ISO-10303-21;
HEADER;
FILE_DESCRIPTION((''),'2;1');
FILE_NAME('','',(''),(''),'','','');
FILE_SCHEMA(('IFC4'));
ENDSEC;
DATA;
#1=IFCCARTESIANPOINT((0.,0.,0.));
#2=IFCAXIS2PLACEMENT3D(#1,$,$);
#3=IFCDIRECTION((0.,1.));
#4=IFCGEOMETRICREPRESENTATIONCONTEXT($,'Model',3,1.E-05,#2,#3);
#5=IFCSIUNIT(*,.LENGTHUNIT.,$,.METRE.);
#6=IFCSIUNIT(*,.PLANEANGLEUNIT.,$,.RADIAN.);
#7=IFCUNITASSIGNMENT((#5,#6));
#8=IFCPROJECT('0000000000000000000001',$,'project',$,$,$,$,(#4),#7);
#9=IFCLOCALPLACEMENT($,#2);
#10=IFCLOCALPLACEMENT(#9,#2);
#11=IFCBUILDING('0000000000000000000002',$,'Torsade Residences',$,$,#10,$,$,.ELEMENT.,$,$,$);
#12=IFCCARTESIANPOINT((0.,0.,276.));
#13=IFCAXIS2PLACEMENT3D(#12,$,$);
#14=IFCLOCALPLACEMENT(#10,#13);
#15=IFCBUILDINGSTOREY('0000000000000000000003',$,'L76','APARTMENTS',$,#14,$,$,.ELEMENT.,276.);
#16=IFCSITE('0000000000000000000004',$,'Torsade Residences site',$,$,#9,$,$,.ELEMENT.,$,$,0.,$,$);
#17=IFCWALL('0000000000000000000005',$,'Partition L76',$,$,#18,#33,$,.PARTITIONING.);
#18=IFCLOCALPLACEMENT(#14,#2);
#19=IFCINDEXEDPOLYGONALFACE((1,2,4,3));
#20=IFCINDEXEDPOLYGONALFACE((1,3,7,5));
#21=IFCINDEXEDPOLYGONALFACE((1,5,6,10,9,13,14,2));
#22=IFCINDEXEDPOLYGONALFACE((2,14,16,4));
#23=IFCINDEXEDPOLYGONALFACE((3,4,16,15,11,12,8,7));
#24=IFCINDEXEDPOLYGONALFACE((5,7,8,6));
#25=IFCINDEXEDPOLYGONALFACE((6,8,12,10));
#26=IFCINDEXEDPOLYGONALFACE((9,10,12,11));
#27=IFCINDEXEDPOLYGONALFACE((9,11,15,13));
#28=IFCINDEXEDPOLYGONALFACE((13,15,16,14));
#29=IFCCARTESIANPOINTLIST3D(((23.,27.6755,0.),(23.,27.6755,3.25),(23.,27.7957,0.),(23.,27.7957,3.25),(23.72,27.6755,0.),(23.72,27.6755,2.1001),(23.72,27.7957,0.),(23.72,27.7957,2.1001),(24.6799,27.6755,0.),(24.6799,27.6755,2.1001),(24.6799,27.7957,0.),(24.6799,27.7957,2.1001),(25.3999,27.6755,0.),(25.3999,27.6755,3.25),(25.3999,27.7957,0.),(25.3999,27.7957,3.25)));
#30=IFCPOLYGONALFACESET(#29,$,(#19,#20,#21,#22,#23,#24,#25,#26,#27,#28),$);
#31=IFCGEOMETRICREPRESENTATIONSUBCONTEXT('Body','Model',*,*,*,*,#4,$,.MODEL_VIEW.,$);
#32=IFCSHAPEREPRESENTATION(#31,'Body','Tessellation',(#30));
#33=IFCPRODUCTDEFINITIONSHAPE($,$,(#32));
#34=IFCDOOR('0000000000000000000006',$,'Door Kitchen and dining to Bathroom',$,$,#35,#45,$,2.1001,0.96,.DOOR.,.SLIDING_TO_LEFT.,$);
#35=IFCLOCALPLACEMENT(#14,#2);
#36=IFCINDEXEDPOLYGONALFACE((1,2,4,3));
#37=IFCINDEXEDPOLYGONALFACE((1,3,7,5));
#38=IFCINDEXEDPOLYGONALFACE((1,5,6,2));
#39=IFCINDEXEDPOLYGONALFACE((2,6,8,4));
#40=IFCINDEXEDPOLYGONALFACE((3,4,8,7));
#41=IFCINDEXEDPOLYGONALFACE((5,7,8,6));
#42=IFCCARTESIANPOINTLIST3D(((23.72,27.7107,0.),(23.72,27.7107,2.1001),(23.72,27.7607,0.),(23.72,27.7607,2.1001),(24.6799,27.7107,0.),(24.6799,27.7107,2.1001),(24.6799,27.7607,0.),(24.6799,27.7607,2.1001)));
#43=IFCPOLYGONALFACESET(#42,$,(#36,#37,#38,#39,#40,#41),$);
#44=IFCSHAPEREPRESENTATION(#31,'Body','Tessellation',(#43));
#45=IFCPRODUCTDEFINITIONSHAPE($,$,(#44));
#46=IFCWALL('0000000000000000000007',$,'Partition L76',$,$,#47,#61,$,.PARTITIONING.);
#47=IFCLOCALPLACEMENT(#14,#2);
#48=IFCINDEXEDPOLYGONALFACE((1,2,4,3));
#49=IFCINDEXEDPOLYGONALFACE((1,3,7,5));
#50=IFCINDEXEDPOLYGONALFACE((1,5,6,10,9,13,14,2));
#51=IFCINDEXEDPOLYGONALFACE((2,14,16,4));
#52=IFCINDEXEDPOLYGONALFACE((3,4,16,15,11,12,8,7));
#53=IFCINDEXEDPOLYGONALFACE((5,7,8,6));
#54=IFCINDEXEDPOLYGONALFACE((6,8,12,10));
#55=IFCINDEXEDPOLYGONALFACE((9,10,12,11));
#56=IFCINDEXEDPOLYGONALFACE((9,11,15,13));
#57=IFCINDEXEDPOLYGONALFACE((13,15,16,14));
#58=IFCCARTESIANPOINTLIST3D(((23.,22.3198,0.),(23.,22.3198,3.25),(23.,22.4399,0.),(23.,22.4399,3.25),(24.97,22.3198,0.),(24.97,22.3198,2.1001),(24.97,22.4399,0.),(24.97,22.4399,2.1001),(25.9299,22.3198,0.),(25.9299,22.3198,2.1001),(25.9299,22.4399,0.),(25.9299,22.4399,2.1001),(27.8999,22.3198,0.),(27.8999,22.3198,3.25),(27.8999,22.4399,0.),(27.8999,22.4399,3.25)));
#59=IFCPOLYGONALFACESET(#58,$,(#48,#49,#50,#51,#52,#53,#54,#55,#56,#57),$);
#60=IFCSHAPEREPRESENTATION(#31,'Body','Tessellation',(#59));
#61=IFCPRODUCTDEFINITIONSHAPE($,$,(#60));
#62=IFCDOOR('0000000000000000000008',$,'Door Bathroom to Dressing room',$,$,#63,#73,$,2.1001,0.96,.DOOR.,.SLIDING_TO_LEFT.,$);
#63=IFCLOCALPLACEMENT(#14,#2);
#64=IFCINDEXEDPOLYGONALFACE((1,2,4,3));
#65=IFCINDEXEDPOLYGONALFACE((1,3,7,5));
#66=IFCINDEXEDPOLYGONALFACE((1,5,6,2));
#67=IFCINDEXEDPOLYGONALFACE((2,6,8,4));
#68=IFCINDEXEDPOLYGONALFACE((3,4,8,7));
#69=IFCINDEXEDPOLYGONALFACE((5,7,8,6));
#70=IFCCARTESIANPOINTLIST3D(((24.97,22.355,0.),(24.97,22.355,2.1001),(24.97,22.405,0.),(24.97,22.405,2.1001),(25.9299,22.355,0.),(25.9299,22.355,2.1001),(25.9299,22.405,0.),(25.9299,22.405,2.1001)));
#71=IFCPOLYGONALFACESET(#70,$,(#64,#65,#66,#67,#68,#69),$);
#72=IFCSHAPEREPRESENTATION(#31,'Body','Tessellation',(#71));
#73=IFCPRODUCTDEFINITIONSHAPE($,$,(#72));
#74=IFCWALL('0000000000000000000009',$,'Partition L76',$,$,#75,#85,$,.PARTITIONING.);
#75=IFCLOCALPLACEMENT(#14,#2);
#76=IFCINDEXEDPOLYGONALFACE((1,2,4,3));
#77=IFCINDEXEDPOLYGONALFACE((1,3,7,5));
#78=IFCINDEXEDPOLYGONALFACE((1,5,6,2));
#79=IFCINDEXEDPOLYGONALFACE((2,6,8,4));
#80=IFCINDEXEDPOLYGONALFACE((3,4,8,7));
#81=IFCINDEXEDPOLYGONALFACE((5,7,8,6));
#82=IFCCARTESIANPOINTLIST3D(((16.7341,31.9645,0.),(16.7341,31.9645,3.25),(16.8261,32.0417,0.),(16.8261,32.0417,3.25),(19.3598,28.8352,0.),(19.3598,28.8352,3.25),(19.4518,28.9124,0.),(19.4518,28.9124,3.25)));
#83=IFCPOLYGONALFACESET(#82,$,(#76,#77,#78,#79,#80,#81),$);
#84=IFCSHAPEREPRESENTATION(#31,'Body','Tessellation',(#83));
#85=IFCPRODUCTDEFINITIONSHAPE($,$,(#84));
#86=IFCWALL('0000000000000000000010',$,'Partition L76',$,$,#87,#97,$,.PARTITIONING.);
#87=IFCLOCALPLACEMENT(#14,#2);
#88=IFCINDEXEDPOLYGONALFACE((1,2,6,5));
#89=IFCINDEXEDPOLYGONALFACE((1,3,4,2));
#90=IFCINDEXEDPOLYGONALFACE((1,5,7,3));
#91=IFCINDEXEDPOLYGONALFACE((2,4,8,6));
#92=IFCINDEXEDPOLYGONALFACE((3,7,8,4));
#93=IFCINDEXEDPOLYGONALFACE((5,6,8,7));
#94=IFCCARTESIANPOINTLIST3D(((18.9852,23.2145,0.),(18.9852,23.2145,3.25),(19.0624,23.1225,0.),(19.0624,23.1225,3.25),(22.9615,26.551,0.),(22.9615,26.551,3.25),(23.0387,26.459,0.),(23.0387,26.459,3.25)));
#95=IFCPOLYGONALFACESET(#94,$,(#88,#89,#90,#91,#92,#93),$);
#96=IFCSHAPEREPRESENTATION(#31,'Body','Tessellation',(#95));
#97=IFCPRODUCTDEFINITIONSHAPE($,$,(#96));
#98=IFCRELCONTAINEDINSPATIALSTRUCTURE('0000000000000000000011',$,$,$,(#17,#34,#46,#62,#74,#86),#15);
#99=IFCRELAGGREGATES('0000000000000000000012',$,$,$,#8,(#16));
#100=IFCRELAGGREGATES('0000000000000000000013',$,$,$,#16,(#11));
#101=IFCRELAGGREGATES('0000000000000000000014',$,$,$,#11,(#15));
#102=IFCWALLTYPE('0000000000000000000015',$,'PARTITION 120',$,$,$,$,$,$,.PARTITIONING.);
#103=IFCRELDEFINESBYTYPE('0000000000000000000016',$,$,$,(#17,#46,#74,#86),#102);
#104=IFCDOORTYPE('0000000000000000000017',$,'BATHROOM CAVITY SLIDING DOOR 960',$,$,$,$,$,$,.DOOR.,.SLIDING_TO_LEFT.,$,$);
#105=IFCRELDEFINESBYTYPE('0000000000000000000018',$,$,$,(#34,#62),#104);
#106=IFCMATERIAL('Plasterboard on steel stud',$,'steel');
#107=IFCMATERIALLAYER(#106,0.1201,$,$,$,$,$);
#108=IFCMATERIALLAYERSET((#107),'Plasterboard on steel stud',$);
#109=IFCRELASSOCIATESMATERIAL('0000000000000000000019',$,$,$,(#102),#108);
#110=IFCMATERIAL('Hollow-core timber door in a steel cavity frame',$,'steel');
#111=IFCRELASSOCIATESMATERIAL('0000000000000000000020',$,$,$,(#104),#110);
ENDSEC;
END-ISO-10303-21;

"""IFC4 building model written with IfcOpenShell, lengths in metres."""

from ifc_helpers import new_model, si_unit, direction, frame, frame_2d, origin, place, context, subcontext, project, spatial, rectangle, extrude, material, layer, layer_set, type_object, element, fill, save


model = new_model("IFC4")

# Units and contexts
model_context = context("Model", 3, precision=1e-05, world=origin(), true_north=direction((0.0, 1.0)))
body_context = subcontext(model_context, "Body", "Model", "MODEL_VIEW")
ifc_project = project(units=[si_unit("LENGTHUNIT", "METRE"), si_unit("PLANEANGLEUNIT", "RADIAN")], contexts=[model_context])

# Site, building, storey
site_placement = place(None, origin())
site = spatial("IfcSite", under=ifc_project, at=site_placement, Name="Torsade Residences site", CompositionType="ELEMENT", RefElevation=0.0)
building_placement = place(site_placement, origin())
building = spatial("IfcBuilding", under=site, at=building_placement, Name="Torsade Residences", CompositionType="ELEMENT")
storey_placement = place(building_placement, frame((0.0, 0.0, 276.0)))
storey = spatial("IfcBuildingStorey", under=building, at=storey_placement, Name="L76", Description="APARTMENTS", CompositionType="ELEMENT", Elevation=276.0)

# Walls, openings, doors
ifc_material_1 = material(Name="Plasterboard on steel stud", Category="steel")
ifc_layer_1 = layer(ifc_material_1, 0.1201)
ifc_layer_set_1 = layer_set([ifc_layer_1], Name="Plasterboard on steel stud")
wall_type_1 = type_object("IfcWallType", Name="PARTITION 120", PredefinedType="PARTITIONING", material=ifc_layer_set_1)
wall_1_placement = place(storey_placement, frame((25.3999, 27.7356, 0.0), z_axis=(0.0, 0.0, 1.0), x_axis=(-1.0, 0.0, 0.0)))
wall_1 = element("IfcWall", 1, at=wall_1_placement, inside=storey, type_object=wall_type_1, Name="Partition L76", PredefinedType="PARTITIONING", context=body_context, shape_type="SweptSolid", body=[
    extrude(rectangle(XDim=2.3999, YDim=0.1201, at=frame_2d((1.2, 0.0))), origin(), (0.0, 0.0, 1.0), 3.25),
])
opening_1_placement = place(wall_1_placement, frame((0.72, 0.0, 0.0)))
opening_1 = element("IfcOpeningElement", 2, at=opening_1_placement, cuts=wall_1, PredefinedType="OPENING", context=body_context, shape_type="SweptSolid", body=[
    extrude(rectangle(XDim=0.96, YDim=2.1001, at=frame_2d((0.48, 1.05))), frame((0.0, 0.0701, 0.0), z_axis=(0.0, -1.0, 0.0), x_axis=(1.0, 0.0, 0.0)), (0.0, 0.0, 1.0), 0.1401),
])
ifc_material_2 = material(Name="Hollow-core timber door in a steel cavity frame", Category="steel")
door_type_1 = type_object("IfcDoorType", Name="BATHROOM CAVITY SLIDING DOOR 960", OperationType="SLIDING_TO_LEFT", PredefinedType="DOOR", material=ifc_material_2)
door_1_placement = place(opening_1_placement, origin())
door_1 = element("IfcDoor", 3, at=door_1_placement, inside=storey, type_object=door_type_1, Name="Door Kitchen and dining to Bathroom", OperationType="SLIDING_TO_LEFT", OverallHeight=2.1001, OverallWidth=0.96, PredefinedType="DOOR", context=body_context, shape_type="SweptSolid", body=[
    extrude(rectangle(XDim=0.96, YDim=2.1001, at=frame_2d((0.48, 1.05))), frame((0.0, 0.0249, 0.0), z_axis=(0.0, -1.0, 0.0), x_axis=(1.0, 0.0, 0.0)), (0.0, 0.0, 1.0), 0.05),
])
fill(opening_1, door_1)
wall_2_placement = place(storey_placement, frame((27.8999, 22.3799, 0.0), z_axis=(0.0, 0.0, 1.0), x_axis=(-1.0, 0.0, 0.0)))
wall_2 = element("IfcWall", 4, at=wall_2_placement, inside=storey, type_object=wall_type_1, Name="Partition L76", PredefinedType="PARTITIONING", context=body_context, shape_type="SweptSolid", body=[
    extrude(rectangle(XDim=4.8999, YDim=0.1201, at=frame_2d((2.45, 0.0))), origin(), (0.0, 0.0, 1.0), 3.25),
])
opening_2_placement = place(wall_2_placement, frame((1.97, 0.0, 0.0)))
opening_2 = element("IfcOpeningElement", 5, at=opening_2_placement, cuts=wall_2, PredefinedType="OPENING", context=body_context, shape_type="SweptSolid", body=[
    extrude(rectangle(XDim=0.96, YDim=2.1001, at=frame_2d((0.48, 1.05))), frame((0.0, 0.0701, 0.0), z_axis=(0.0, -1.0, 0.0), x_axis=(1.0, 0.0, 0.0)), (0.0, 0.0, 1.0), 0.1401),
])
door_2_placement = place(opening_2_placement, origin())
door_2 = element("IfcDoor", 6, at=door_2_placement, inside=storey, type_object=door_type_1, Name="Door Bathroom to Dressing room", OperationType="SLIDING_TO_LEFT", OverallHeight=2.1001, OverallWidth=0.96, PredefinedType="DOOR", context=body_context, shape_type="SweptSolid", body=[
    extrude(rectangle(XDim=0.96, YDim=2.1001, at=frame_2d((0.48, 1.05))), frame((0.0, 0.0249, 0.0), z_axis=(0.0, -1.0, 0.0), x_axis=(1.0, 0.0, 0.0)), (0.0, 0.0, 1.0), 0.05),
])
fill(opening_2, door_2)

# Walls
wall_3_placement = place(storey_placement, frame((19.4058, 28.8738, 0.0), z_axis=(0.0, 0.0, 1.0), x_axis=(-0.642767, 0.766061, 0.0)))
element("IfcWall", 7, at=wall_3_placement, inside=storey, type_object=wall_type_1, Name="Partition L76", PredefinedType="PARTITIONING", context=body_context, shape_type="SweptSolid", body=[
    extrude(rectangle(XDim=4.085, YDim=0.1201, at=frame_2d((2.0425, 0.0))), origin(), (0.0, 0.0, 1.0), 3.25),
])
wall_4_placement = place(storey_placement, frame((23.0, 26.5049, 0.0), z_axis=(0.0, 0.0, 1.0), x_axis=(-0.766054, -0.642776, 0.0)))
element("IfcWall", 8, at=wall_4_placement, inside=storey, type_object=wall_type_1, Name="Partition L76", PredefinedType="PARTITIONING", context=body_context, shape_type="SweptSolid", body=[
    extrude(rectangle(XDim=5.1907, YDim=0.1201, at=frame_2d((2.5952, 0.0))), origin(), (0.0, 0.0, 1.0), 3.25),
])

save(model, "model.ifc")
